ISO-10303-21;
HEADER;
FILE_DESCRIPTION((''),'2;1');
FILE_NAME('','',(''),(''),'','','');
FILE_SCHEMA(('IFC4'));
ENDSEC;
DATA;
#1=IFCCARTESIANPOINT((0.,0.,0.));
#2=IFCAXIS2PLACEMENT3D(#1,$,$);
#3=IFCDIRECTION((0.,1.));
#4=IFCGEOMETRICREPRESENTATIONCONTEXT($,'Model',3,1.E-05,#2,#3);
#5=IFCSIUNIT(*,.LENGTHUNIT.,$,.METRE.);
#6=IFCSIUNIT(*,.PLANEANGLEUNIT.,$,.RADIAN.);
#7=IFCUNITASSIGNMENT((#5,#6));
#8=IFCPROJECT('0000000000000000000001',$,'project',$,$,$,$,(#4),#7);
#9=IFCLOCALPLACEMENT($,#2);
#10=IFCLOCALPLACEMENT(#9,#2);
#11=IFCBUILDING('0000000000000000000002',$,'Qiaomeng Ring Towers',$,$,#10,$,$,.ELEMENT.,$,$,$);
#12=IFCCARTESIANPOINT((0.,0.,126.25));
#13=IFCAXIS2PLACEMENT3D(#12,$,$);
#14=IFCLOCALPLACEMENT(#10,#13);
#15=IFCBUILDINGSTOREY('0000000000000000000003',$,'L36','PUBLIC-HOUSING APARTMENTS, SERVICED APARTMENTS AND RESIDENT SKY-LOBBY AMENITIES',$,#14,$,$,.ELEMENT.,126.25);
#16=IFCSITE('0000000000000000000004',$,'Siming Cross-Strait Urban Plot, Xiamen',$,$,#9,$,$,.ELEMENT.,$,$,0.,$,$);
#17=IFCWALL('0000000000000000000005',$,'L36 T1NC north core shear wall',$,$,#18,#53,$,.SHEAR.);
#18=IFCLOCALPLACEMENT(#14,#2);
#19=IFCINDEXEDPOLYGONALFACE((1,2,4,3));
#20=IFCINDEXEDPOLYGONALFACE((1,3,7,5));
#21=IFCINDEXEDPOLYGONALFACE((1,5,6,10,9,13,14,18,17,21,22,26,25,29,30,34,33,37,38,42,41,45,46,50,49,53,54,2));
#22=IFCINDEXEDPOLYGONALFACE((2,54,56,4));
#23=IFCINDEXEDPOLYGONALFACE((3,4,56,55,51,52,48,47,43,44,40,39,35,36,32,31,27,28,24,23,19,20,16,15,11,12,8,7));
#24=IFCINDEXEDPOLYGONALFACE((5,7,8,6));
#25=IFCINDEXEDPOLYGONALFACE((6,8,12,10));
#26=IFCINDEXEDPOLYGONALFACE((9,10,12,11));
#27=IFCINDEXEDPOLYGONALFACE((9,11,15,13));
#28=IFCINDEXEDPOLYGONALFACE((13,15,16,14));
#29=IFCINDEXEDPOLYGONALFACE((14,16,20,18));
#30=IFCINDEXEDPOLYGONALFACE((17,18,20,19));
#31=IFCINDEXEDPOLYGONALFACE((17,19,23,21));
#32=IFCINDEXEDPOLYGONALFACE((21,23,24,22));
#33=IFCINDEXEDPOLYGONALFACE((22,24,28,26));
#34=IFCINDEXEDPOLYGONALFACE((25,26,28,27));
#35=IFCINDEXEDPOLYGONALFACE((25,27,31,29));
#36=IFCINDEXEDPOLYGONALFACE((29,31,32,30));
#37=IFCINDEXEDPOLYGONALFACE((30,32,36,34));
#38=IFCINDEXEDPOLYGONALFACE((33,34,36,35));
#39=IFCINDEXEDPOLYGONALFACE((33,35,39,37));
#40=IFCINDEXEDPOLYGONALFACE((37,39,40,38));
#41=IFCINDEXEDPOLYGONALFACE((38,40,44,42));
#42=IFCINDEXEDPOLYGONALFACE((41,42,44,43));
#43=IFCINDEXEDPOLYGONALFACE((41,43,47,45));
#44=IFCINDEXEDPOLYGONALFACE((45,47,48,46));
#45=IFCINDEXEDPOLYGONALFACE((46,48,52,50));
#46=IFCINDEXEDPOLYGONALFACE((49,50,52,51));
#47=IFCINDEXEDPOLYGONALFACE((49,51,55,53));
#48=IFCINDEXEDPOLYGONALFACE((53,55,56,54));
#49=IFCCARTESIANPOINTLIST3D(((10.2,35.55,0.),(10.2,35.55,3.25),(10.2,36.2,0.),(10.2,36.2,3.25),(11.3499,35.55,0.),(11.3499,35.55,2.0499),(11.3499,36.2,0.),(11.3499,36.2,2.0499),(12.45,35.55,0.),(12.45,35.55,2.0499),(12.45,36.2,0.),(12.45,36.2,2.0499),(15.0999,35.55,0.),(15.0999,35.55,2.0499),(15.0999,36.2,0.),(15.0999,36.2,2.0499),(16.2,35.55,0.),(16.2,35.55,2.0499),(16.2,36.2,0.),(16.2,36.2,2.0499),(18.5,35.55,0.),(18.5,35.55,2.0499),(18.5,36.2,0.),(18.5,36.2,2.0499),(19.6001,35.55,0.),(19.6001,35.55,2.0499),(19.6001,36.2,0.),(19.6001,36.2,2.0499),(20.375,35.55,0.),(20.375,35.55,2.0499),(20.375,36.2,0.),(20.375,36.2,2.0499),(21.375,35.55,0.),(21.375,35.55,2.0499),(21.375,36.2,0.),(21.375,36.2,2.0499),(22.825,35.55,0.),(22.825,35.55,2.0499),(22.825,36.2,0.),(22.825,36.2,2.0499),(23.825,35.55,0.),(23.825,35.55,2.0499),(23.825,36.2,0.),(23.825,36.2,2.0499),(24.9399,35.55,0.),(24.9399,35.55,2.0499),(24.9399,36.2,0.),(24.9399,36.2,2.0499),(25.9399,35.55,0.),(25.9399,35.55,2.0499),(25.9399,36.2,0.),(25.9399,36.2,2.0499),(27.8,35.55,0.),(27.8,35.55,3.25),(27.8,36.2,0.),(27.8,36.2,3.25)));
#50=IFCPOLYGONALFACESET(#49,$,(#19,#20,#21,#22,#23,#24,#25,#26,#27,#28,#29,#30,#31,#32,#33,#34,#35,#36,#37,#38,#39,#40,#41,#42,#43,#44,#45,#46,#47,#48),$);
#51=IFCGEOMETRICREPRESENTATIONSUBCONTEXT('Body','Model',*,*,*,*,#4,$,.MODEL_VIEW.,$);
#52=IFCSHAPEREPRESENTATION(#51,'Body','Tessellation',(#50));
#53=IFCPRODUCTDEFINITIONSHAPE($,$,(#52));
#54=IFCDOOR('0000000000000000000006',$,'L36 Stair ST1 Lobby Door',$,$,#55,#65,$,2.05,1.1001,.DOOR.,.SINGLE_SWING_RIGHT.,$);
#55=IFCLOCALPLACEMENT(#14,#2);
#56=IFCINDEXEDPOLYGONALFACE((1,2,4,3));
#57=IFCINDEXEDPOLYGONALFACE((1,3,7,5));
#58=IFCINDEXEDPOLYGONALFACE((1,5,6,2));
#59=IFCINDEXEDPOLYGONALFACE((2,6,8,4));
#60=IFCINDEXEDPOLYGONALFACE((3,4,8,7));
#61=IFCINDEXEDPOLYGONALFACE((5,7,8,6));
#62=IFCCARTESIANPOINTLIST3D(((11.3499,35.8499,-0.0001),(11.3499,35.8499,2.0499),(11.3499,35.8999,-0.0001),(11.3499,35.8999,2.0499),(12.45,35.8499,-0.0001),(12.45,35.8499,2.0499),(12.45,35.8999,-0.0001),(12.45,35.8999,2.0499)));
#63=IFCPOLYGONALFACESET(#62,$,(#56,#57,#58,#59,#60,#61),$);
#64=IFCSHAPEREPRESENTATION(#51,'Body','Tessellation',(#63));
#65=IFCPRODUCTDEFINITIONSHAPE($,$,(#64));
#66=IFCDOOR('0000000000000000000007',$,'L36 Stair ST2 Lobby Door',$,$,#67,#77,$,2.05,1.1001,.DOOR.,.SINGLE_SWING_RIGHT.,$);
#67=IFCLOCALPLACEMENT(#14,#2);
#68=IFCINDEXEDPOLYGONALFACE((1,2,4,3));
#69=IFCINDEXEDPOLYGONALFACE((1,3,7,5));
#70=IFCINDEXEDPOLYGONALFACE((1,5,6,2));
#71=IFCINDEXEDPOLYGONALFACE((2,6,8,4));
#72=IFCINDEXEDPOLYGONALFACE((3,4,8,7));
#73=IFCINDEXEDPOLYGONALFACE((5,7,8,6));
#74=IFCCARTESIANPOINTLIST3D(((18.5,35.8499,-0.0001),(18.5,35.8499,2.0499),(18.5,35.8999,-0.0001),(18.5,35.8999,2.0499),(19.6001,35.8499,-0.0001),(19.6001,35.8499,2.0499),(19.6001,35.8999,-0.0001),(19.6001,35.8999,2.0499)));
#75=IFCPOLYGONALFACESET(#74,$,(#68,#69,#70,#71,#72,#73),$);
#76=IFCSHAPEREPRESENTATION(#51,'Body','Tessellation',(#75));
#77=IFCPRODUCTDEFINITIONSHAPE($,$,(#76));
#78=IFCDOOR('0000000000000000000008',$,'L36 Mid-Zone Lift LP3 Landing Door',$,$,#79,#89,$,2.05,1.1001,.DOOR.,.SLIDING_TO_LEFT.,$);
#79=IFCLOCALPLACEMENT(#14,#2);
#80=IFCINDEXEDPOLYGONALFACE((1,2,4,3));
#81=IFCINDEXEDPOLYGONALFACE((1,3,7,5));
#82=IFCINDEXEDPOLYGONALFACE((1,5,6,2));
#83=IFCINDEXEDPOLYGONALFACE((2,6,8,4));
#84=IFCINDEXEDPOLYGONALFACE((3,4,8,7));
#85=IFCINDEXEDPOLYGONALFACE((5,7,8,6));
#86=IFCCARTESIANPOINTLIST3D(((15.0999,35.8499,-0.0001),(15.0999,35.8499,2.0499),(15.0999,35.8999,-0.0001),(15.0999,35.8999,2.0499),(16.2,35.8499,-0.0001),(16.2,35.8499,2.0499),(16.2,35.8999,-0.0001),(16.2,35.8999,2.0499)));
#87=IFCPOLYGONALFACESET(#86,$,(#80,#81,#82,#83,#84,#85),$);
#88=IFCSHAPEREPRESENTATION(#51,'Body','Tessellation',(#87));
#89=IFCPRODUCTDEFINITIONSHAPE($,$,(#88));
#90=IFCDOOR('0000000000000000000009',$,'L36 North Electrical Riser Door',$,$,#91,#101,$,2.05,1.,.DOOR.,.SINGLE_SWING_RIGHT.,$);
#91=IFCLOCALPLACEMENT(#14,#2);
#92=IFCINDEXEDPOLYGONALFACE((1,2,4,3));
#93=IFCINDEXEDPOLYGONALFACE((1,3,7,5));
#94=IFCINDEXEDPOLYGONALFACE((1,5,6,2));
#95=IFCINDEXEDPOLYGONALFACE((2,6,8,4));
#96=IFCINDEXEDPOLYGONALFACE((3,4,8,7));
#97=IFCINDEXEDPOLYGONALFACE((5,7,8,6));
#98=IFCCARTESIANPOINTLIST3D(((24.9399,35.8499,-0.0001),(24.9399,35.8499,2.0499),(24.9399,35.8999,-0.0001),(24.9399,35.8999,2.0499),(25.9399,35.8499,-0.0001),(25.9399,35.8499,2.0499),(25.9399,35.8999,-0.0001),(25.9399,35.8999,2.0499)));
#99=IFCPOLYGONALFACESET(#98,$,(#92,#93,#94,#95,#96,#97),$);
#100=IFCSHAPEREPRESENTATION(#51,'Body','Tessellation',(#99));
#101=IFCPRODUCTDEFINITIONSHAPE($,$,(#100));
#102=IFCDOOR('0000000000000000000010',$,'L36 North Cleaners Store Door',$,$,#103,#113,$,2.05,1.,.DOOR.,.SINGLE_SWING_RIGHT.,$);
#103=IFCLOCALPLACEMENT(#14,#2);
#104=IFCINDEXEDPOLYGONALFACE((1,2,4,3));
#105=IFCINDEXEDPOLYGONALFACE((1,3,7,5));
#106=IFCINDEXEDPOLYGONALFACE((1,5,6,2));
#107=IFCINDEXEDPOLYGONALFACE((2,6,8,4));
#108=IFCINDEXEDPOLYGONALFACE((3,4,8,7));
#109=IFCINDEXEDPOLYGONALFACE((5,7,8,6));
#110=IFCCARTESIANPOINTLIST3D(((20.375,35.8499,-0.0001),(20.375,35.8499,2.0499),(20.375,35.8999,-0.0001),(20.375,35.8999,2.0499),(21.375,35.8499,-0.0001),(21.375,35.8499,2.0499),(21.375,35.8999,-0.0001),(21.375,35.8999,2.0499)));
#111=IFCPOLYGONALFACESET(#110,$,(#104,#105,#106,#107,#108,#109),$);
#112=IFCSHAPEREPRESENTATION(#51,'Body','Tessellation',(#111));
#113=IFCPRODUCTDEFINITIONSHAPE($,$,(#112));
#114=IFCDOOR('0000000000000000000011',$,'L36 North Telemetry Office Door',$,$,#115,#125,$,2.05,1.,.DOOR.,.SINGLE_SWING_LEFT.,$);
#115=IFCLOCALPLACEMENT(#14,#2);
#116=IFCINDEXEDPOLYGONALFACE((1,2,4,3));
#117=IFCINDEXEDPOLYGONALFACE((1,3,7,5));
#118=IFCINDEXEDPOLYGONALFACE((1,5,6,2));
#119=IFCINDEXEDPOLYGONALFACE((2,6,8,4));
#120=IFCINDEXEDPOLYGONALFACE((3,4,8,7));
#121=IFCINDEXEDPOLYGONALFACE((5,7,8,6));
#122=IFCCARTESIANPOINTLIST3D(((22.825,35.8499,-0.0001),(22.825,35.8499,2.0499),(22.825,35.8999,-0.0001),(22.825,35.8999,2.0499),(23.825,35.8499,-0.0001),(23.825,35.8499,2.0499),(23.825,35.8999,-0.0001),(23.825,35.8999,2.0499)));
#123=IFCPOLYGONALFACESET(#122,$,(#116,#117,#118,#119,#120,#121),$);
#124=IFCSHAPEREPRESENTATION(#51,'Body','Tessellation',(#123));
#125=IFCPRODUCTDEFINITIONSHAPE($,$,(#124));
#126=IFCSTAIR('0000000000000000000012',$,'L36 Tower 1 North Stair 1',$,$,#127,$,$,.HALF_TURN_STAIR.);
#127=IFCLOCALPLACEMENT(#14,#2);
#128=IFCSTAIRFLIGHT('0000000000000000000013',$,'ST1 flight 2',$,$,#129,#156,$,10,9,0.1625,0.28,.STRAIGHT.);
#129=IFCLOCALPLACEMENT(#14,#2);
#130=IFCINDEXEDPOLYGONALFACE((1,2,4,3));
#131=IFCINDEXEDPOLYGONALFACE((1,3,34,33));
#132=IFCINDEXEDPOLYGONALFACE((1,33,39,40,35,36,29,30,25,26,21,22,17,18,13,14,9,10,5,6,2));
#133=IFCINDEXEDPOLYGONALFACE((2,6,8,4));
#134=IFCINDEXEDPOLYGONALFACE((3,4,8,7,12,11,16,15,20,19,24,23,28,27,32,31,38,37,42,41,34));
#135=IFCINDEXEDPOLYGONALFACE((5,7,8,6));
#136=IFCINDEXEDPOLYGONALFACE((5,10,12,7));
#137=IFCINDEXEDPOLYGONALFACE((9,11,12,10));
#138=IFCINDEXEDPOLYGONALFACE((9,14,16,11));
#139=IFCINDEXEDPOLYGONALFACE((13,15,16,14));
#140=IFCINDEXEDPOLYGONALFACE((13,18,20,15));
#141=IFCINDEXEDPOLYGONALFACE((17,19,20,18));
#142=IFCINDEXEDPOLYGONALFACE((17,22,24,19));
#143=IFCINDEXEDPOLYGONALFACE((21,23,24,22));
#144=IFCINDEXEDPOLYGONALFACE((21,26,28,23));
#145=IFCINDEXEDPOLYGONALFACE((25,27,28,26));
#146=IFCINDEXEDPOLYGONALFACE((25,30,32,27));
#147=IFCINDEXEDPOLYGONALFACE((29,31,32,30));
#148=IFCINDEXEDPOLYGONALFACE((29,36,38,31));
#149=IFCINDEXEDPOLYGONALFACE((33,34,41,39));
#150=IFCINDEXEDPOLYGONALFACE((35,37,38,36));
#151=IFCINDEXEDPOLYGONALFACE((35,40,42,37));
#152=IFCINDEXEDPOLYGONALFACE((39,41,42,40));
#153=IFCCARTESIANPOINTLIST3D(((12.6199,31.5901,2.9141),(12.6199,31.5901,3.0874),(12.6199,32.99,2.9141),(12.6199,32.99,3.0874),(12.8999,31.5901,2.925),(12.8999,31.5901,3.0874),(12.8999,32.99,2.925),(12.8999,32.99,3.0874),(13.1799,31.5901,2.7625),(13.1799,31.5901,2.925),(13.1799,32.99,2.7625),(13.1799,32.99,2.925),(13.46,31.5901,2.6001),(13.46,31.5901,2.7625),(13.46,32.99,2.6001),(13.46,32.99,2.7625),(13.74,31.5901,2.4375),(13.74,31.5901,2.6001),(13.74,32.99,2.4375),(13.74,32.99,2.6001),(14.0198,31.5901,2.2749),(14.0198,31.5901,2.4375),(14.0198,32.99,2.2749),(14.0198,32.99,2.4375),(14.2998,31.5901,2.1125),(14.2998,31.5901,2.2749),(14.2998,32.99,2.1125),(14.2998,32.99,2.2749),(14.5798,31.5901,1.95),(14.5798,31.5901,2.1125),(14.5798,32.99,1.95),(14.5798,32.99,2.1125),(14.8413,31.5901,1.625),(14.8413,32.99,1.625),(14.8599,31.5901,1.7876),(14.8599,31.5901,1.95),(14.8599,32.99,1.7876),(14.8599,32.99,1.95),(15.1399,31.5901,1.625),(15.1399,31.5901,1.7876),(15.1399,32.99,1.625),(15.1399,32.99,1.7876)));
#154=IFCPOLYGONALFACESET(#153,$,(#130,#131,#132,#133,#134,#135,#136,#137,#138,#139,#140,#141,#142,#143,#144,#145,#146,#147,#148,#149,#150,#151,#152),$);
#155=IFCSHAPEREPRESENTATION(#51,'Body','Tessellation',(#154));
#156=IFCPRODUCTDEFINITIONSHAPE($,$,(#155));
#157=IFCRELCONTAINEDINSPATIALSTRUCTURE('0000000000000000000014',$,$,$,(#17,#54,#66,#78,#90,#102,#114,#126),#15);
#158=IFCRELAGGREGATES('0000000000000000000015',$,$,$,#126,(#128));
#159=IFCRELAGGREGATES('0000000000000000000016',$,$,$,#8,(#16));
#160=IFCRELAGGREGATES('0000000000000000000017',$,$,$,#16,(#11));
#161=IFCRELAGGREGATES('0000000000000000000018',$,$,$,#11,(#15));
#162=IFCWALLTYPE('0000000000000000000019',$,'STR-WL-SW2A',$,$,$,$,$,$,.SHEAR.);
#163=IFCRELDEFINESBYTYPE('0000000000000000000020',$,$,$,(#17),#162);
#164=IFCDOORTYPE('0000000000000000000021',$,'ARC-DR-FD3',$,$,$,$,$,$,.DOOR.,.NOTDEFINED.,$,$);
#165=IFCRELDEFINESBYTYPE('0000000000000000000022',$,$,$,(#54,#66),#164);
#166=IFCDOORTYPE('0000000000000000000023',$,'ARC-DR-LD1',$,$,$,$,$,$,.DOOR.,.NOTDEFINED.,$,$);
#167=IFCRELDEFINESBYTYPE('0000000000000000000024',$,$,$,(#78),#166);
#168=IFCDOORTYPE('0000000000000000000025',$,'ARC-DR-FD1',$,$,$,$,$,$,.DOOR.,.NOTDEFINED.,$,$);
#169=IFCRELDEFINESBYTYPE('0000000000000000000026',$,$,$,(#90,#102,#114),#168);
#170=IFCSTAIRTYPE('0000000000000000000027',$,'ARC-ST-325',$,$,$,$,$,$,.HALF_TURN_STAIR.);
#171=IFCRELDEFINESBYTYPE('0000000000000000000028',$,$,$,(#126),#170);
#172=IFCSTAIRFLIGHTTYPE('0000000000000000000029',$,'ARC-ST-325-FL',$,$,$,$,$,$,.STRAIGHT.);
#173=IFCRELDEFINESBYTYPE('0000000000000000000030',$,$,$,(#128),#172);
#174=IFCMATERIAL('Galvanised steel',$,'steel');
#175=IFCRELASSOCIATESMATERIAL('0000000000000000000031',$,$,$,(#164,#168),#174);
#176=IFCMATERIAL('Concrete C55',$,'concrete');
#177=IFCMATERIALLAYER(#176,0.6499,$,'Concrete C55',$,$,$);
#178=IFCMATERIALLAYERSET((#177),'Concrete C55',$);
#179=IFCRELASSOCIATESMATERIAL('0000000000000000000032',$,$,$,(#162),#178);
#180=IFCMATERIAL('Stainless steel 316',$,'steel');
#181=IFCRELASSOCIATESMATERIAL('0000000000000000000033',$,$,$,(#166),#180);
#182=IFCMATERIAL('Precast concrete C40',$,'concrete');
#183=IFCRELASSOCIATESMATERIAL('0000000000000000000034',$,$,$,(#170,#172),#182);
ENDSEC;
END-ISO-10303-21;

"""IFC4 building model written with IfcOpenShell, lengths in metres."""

from ifc_helpers import new_model, si_unit, direction, frame, frame_2d, origin, place, context, subcontext, project, spatial, polyline, rectangle, outline, extrude, source, transform, mapped, material, layer, layer_set, type_object, element, fill, aggregate, save


model = new_model("IFC4")

# Units and contexts
model_context = context("Model", 3, precision=1e-05, world=origin(), true_north=direction((0.0, 1.0)))
body_context = subcontext(model_context, "Body", "Model", "MODEL_VIEW")
ifc_project = project(units=[si_unit("LENGTHUNIT", "METRE"), si_unit("PLANEANGLEUNIT", "RADIAN")], contexts=[model_context])

# Site, building, storey
site_placement = place(None, origin())
site = spatial("IfcSite", under=ifc_project, at=site_placement, Name="Siming Cross-Strait Urban Plot, Xiamen", CompositionType="ELEMENT", RefElevation=0.0)
building_placement = place(site_placement, origin())
building = spatial("IfcBuilding", under=site, at=building_placement, Name="Qiaomeng Ring Towers", CompositionType="ELEMENT")
storey_placement = place(building_placement, frame((0.0, 0.0, 126.25)))
storey = spatial("IfcBuildingStorey", under=building, at=storey_placement, Name="L36", Description="PUBLIC-HOUSING APARTMENTS, SERVICED APARTMENTS AND RESIDENT SKY-LOBBY AMENITIES", CompositionType="ELEMENT", Elevation=126.25)

# Shared definitions
ifc_material_1 = material(Name="Galvanised steel", Category="steel")
door_type_1 = type_object("IfcDoorType", Name="ARC-DR-FD3", OperationType="NOTDEFINED", PredefinedType="DOOR", material=ifc_material_1)
shared_shape_1 = source(origin(), body_context, "Body", "SweptSolid", [
    extrude(rectangle(XDim=1.1001, YDim=2.05, at=frame_2d((0.55, 1.0249))), frame((0.0, 0.0249, 0.0), z_axis=(0.0, -1.0, 0.0), x_axis=(1.0, 0.0, 0.0)), (0.0, 0.0, 1.0), 0.05),
])

# Wall, openings, doors
ifc_material_2 = material(Name="Concrete C55", Category="concrete")
ifc_layer_1 = layer(ifc_material_2, 0.6499, Name="Concrete C55")
ifc_layer_set_1 = layer_set([ifc_layer_1], Name="Concrete C55")
wall_type_1 = type_object("IfcWallType", Name="STR-WL-SW2A", PredefinedType="SHEAR", material=ifc_layer_set_1)
wall_1_placement = place(storey_placement, frame((10.2, 35.875, 0.0), z_axis=(0.0, 0.0, 1.0), x_axis=(1.0, 0.0, 0.0)))
wall_1 = element("IfcWall", 1, at=wall_1_placement, inside=storey, type_object=wall_type_1, Name="L36 T1NC north core shear wall", PredefinedType="SHEAR", context=body_context, shape_type="SweptSolid", body=[
    extrude(rectangle(XDim=17.6001, YDim=0.6499, at=frame_2d((8.8, 0.0))), origin(), (0.0, 0.0, 1.0), 3.25),
])
opening_1_placement = place(wall_1_placement, frame((1.1499, 0.0, 0.0)))
opening_1 = element("IfcOpeningElement", 2, at=opening_1_placement, cuts=wall_1, PredefinedType="OPENING", context=body_context, shape_type="SweptSolid", body=[
    extrude(rectangle(XDim=1.1001, YDim=2.05, at=frame_2d((0.55, 1.0249))), frame((0.0, 0.335, 0.0), z_axis=(0.0, -1.0, 0.0), x_axis=(1.0, 0.0, 0.0)), (0.0, 0.0, 1.0), 0.6699),
])
opening_2_placement = place(wall_1_placement, frame((8.3, 0.0, 0.0)))
opening_2 = element("IfcOpeningElement", 3, at=opening_2_placement, cuts=wall_1, PredefinedType="OPENING", context=body_context, shape_type="SweptSolid", body=[
    extrude(rectangle(XDim=1.1001, YDim=2.05, at=frame_2d((0.55, 1.0249))), frame((0.0, 0.335, 0.0), z_axis=(0.0, -1.0, 0.0), x_axis=(1.0, 0.0, 0.0)), (0.0, 0.0, 1.0), 0.6699),
])
opening_3_placement = place(wall_1_placement, frame((4.8999, 0.0, 0.0)))
opening_3 = element("IfcOpeningElement", 4, at=opening_3_placement, cuts=wall_1, PredefinedType="OPENING", context=body_context, shape_type="SweptSolid", body=[
    extrude(rectangle(XDim=1.1001, YDim=2.05, at=frame_2d((0.55, 1.0249))), frame((0.0, 0.335, 0.0), z_axis=(0.0, -1.0, 0.0), x_axis=(1.0, 0.0, 0.0)), (0.0, 0.0, 1.0), 0.6699),
])
opening_4_placement = place(wall_1_placement, frame((14.74, 0.0, 0.0)))
opening_4 = element("IfcOpeningElement", 5, at=opening_4_placement, cuts=wall_1, PredefinedType="OPENING", context=body_context, shape_type="SweptSolid", body=[
    extrude(rectangle(XDim=1.0, YDim=2.05, at=frame_2d((0.5, 1.0249))), frame((0.0, 0.335, 0.0), z_axis=(0.0, -1.0, 0.0), x_axis=(1.0, 0.0, 0.0)), (0.0, 0.0, 1.0), 0.6699),
])
opening_5_placement = place(wall_1_placement, frame((10.175, 0.0, 0.0)))
opening_5 = element("IfcOpeningElement", 6, at=opening_5_placement, cuts=wall_1, PredefinedType="OPENING", context=body_context, shape_type="SweptSolid", body=[
    extrude(rectangle(XDim=1.0, YDim=2.05, at=frame_2d((0.5, 1.0249))), frame((0.0, 0.335, 0.0), z_axis=(0.0, -1.0, 0.0), x_axis=(1.0, 0.0, 0.0)), (0.0, 0.0, 1.0), 0.6699),
])
opening_6_placement = place(wall_1_placement, frame((12.625, 0.0, 0.0)))
opening_6 = element("IfcOpeningElement", 7, at=opening_6_placement, cuts=wall_1, PredefinedType="OPENING", context=body_context, shape_type="SweptSolid", body=[
    extrude(rectangle(XDim=1.0, YDim=2.05, at=frame_2d((0.5, 1.0249))), frame((0.0, 0.335, 0.0), z_axis=(0.0, -1.0, 0.0), x_axis=(1.0, 0.0, 0.0)), (0.0, 0.0, 1.0), 0.6699),
])
door_1_placement = place(opening_1_placement, origin())
door_1 = element("IfcDoor", 8, at=door_1_placement, inside=storey, type_object=door_type_1, Name="L36 Stair ST1 Lobby Door", OperationType="SINGLE_SWING_RIGHT", OverallHeight=2.05, OverallWidth=1.1001, PredefinedType="DOOR", context=body_context, shape_type="MappedRepresentation", body=[
    mapped(shared_shape_1, transform((0.0, 0.0, 0.0), x_axis=(1.0, 0.0, 0.0), y_axis=(0.0, 1.0, 0.0), z_axis=(0.0, 0.0, 1.0), scale=1.0)),
])
fill(opening_1, door_1)
door_2_placement = place(opening_2_placement, origin())
door_2 = element("IfcDoor", 9, at=door_2_placement, inside=storey, type_object=door_type_1, Name="L36 Stair ST2 Lobby Door", OperationType="SINGLE_SWING_RIGHT", OverallHeight=2.05, OverallWidth=1.1001, PredefinedType="DOOR", context=body_context, shape_type="MappedRepresentation", body=[
    mapped(shared_shape_1, transform((0.0, 0.0, 0.0), x_axis=(1.0, 0.0, 0.0), y_axis=(0.0, 1.0, 0.0), z_axis=(0.0, 0.0, 1.0), scale=1.0)),
])
fill(opening_2, door_2)
ifc_material_3 = material(Name="Stainless steel 316", Category="steel")
door_type_2 = type_object("IfcDoorType", Name="ARC-DR-LD1", OperationType="NOTDEFINED", PredefinedType="DOOR", material=ifc_material_3)
door_3_placement = place(opening_3_placement, origin())
door_3 = element("IfcDoor", 10, at=door_3_placement, inside=storey, type_object=door_type_2, Name="L36 Mid-Zone Lift LP3 Landing Door", OperationType="SLIDING_TO_LEFT", OverallHeight=2.05, OverallWidth=1.1001, PredefinedType="DOOR", context=body_context, shape_type="MappedRepresentation", body=[
    mapped(shared_shape_1, transform((0.0, 0.0, 0.0), x_axis=(1.0, 0.0, 0.0), y_axis=(0.0, 1.0, 0.0), z_axis=(0.0, 0.0, 1.0), scale=1.0)),
])
fill(opening_3, door_3)
door_type_3 = type_object("IfcDoorType", Name="ARC-DR-FD1", OperationType="NOTDEFINED", PredefinedType="DOOR", material=ifc_material_1)
shared_shape_2 = source(origin(), body_context, "Body", "SweptSolid", [
    extrude(rectangle(XDim=1.0, YDim=2.05, at=frame_2d((0.5, 1.0249))), frame((0.0, 0.0249, 0.0), z_axis=(0.0, -1.0, 0.0), x_axis=(1.0, 0.0, 0.0)), (0.0, 0.0, 1.0), 0.05),
])
door_4_placement = place(opening_4_placement, origin())
door_4 = element("IfcDoor", 11, at=door_4_placement, inside=storey, type_object=door_type_3, Name="L36 North Electrical Riser Door", OperationType="SINGLE_SWING_RIGHT", OverallHeight=2.05, OverallWidth=1.0, PredefinedType="DOOR", context=body_context, shape_type="MappedRepresentation", body=[
    mapped(shared_shape_2, transform((0.0, 0.0, 0.0), x_axis=(1.0, 0.0, 0.0), y_axis=(0.0, 1.0, 0.0), z_axis=(0.0, 0.0, 1.0), scale=1.0)),
])
fill(opening_4, door_4)
door_5_placement = place(opening_5_placement, origin())
door_5 = element("IfcDoor", 12, at=door_5_placement, inside=storey, type_object=door_type_3, Name="L36 North Cleaners Store Door", OperationType="SINGLE_SWING_RIGHT", OverallHeight=2.05, OverallWidth=1.0, PredefinedType="DOOR", context=body_context, shape_type="MappedRepresentation", body=[
    mapped(shared_shape_2, transform((0.0, 0.0, 0.0), x_axis=(1.0, 0.0, 0.0), y_axis=(0.0, 1.0, 0.0), z_axis=(0.0, 0.0, 1.0), scale=1.0)),
])
fill(opening_5, door_5)
door_6_placement = place(opening_6_placement, origin())
door_6 = element("IfcDoor", 13, at=door_6_placement, inside=storey, type_object=door_type_3, Name="L36 North Telemetry Office Door", OperationType="SINGLE_SWING_LEFT", OverallHeight=2.05, OverallWidth=1.0, PredefinedType="DOOR", context=body_context, shape_type="MappedRepresentation", body=[
    mapped(shared_shape_2, transform((0.0, 0.0, 0.0), x_axis=(1.0, 0.0, 0.0), y_axis=(0.0, 1.0, 0.0), z_axis=(0.0, 0.0, 1.0), scale=1.0)),
])
fill(opening_6, door_6)

# Stair, stair flight
ifc_material_4 = material(Name="Precast concrete C40", Category="concrete")
stair_type = type_object("IfcStairType", Name="ARC-ST-325", PredefinedType="HALF_TURN_STAIR", material=ifc_material_4)
stair_placement = place(storey_placement, origin())
stair = element("IfcStair", 14, at=stair_placement, inside=storey, type_object=stair_type, Name="L36 Tower 1 North Stair 1", PredefinedType="HALF_TURN_STAIR")
stair_flight_type = type_object("IfcStairFlightType", Name="ARC-ST-325-FL", PredefinedType="STRAIGHT", material=ifc_material_4)
shared_shape_3 = source(origin(), body_context, "Body", "SweptSolid", [
    extrude(outline(polyline([(0.0, 0.0), (0.0, 0.1626), (0.28, 0.1626), (0.28, 0.325), (0.5601, 0.325), (0.5601, 0.4875), (0.8401, 0.4875), (0.8401, 0.6499), (1.1201, 0.6499), (1.1201, 0.8125), (1.3999, 0.8125), (1.3999, 0.9751), (1.6799, 0.9751), (1.6799, 1.1375), (1.96, 1.1375), (1.96, 1.3), (2.24, 1.3), (2.24, 1.4624), (2.52, 1.4624), (2.52, 1.625), (2.52, 1.2891), (0.2986, 0.0), (0.0, 0.0)])), frame((0.0, 0.7, 0.0), z_axis=(0.0, -1.0, 0.0), x_axis=(1.0, 0.0, 0.0)), (0.0, 0.0, 1.0), 1.3999),
])
stair_flight_placement = place(storey_placement, frame((15.1399, 32.29, 1.625), z_axis=(0.0, 0.0, 1.0), x_axis=(-1.0, 0.0, 0.0)))
stair_flight = element("IfcStairFlight", 15, at=stair_flight_placement, type_object=stair_flight_type, Name="ST1 flight 2", NumberOfRisers=10, NumberOfTreads=9, PredefinedType="STRAIGHT", RiserHeight=0.1625, TreadLength=0.28, context=body_context, shape_type="MappedRepresentation", body=[
    mapped(shared_shape_3, transform((0.0, 0.0, 0.0), x_axis=(1.0, 0.0, 0.0), y_axis=(0.0, 1.0, 0.0), z_axis=(0.0, 0.0, 1.0), scale=1.0)),
])
aggregate(stair, [stair_flight])

save(model, "model.ifc")
